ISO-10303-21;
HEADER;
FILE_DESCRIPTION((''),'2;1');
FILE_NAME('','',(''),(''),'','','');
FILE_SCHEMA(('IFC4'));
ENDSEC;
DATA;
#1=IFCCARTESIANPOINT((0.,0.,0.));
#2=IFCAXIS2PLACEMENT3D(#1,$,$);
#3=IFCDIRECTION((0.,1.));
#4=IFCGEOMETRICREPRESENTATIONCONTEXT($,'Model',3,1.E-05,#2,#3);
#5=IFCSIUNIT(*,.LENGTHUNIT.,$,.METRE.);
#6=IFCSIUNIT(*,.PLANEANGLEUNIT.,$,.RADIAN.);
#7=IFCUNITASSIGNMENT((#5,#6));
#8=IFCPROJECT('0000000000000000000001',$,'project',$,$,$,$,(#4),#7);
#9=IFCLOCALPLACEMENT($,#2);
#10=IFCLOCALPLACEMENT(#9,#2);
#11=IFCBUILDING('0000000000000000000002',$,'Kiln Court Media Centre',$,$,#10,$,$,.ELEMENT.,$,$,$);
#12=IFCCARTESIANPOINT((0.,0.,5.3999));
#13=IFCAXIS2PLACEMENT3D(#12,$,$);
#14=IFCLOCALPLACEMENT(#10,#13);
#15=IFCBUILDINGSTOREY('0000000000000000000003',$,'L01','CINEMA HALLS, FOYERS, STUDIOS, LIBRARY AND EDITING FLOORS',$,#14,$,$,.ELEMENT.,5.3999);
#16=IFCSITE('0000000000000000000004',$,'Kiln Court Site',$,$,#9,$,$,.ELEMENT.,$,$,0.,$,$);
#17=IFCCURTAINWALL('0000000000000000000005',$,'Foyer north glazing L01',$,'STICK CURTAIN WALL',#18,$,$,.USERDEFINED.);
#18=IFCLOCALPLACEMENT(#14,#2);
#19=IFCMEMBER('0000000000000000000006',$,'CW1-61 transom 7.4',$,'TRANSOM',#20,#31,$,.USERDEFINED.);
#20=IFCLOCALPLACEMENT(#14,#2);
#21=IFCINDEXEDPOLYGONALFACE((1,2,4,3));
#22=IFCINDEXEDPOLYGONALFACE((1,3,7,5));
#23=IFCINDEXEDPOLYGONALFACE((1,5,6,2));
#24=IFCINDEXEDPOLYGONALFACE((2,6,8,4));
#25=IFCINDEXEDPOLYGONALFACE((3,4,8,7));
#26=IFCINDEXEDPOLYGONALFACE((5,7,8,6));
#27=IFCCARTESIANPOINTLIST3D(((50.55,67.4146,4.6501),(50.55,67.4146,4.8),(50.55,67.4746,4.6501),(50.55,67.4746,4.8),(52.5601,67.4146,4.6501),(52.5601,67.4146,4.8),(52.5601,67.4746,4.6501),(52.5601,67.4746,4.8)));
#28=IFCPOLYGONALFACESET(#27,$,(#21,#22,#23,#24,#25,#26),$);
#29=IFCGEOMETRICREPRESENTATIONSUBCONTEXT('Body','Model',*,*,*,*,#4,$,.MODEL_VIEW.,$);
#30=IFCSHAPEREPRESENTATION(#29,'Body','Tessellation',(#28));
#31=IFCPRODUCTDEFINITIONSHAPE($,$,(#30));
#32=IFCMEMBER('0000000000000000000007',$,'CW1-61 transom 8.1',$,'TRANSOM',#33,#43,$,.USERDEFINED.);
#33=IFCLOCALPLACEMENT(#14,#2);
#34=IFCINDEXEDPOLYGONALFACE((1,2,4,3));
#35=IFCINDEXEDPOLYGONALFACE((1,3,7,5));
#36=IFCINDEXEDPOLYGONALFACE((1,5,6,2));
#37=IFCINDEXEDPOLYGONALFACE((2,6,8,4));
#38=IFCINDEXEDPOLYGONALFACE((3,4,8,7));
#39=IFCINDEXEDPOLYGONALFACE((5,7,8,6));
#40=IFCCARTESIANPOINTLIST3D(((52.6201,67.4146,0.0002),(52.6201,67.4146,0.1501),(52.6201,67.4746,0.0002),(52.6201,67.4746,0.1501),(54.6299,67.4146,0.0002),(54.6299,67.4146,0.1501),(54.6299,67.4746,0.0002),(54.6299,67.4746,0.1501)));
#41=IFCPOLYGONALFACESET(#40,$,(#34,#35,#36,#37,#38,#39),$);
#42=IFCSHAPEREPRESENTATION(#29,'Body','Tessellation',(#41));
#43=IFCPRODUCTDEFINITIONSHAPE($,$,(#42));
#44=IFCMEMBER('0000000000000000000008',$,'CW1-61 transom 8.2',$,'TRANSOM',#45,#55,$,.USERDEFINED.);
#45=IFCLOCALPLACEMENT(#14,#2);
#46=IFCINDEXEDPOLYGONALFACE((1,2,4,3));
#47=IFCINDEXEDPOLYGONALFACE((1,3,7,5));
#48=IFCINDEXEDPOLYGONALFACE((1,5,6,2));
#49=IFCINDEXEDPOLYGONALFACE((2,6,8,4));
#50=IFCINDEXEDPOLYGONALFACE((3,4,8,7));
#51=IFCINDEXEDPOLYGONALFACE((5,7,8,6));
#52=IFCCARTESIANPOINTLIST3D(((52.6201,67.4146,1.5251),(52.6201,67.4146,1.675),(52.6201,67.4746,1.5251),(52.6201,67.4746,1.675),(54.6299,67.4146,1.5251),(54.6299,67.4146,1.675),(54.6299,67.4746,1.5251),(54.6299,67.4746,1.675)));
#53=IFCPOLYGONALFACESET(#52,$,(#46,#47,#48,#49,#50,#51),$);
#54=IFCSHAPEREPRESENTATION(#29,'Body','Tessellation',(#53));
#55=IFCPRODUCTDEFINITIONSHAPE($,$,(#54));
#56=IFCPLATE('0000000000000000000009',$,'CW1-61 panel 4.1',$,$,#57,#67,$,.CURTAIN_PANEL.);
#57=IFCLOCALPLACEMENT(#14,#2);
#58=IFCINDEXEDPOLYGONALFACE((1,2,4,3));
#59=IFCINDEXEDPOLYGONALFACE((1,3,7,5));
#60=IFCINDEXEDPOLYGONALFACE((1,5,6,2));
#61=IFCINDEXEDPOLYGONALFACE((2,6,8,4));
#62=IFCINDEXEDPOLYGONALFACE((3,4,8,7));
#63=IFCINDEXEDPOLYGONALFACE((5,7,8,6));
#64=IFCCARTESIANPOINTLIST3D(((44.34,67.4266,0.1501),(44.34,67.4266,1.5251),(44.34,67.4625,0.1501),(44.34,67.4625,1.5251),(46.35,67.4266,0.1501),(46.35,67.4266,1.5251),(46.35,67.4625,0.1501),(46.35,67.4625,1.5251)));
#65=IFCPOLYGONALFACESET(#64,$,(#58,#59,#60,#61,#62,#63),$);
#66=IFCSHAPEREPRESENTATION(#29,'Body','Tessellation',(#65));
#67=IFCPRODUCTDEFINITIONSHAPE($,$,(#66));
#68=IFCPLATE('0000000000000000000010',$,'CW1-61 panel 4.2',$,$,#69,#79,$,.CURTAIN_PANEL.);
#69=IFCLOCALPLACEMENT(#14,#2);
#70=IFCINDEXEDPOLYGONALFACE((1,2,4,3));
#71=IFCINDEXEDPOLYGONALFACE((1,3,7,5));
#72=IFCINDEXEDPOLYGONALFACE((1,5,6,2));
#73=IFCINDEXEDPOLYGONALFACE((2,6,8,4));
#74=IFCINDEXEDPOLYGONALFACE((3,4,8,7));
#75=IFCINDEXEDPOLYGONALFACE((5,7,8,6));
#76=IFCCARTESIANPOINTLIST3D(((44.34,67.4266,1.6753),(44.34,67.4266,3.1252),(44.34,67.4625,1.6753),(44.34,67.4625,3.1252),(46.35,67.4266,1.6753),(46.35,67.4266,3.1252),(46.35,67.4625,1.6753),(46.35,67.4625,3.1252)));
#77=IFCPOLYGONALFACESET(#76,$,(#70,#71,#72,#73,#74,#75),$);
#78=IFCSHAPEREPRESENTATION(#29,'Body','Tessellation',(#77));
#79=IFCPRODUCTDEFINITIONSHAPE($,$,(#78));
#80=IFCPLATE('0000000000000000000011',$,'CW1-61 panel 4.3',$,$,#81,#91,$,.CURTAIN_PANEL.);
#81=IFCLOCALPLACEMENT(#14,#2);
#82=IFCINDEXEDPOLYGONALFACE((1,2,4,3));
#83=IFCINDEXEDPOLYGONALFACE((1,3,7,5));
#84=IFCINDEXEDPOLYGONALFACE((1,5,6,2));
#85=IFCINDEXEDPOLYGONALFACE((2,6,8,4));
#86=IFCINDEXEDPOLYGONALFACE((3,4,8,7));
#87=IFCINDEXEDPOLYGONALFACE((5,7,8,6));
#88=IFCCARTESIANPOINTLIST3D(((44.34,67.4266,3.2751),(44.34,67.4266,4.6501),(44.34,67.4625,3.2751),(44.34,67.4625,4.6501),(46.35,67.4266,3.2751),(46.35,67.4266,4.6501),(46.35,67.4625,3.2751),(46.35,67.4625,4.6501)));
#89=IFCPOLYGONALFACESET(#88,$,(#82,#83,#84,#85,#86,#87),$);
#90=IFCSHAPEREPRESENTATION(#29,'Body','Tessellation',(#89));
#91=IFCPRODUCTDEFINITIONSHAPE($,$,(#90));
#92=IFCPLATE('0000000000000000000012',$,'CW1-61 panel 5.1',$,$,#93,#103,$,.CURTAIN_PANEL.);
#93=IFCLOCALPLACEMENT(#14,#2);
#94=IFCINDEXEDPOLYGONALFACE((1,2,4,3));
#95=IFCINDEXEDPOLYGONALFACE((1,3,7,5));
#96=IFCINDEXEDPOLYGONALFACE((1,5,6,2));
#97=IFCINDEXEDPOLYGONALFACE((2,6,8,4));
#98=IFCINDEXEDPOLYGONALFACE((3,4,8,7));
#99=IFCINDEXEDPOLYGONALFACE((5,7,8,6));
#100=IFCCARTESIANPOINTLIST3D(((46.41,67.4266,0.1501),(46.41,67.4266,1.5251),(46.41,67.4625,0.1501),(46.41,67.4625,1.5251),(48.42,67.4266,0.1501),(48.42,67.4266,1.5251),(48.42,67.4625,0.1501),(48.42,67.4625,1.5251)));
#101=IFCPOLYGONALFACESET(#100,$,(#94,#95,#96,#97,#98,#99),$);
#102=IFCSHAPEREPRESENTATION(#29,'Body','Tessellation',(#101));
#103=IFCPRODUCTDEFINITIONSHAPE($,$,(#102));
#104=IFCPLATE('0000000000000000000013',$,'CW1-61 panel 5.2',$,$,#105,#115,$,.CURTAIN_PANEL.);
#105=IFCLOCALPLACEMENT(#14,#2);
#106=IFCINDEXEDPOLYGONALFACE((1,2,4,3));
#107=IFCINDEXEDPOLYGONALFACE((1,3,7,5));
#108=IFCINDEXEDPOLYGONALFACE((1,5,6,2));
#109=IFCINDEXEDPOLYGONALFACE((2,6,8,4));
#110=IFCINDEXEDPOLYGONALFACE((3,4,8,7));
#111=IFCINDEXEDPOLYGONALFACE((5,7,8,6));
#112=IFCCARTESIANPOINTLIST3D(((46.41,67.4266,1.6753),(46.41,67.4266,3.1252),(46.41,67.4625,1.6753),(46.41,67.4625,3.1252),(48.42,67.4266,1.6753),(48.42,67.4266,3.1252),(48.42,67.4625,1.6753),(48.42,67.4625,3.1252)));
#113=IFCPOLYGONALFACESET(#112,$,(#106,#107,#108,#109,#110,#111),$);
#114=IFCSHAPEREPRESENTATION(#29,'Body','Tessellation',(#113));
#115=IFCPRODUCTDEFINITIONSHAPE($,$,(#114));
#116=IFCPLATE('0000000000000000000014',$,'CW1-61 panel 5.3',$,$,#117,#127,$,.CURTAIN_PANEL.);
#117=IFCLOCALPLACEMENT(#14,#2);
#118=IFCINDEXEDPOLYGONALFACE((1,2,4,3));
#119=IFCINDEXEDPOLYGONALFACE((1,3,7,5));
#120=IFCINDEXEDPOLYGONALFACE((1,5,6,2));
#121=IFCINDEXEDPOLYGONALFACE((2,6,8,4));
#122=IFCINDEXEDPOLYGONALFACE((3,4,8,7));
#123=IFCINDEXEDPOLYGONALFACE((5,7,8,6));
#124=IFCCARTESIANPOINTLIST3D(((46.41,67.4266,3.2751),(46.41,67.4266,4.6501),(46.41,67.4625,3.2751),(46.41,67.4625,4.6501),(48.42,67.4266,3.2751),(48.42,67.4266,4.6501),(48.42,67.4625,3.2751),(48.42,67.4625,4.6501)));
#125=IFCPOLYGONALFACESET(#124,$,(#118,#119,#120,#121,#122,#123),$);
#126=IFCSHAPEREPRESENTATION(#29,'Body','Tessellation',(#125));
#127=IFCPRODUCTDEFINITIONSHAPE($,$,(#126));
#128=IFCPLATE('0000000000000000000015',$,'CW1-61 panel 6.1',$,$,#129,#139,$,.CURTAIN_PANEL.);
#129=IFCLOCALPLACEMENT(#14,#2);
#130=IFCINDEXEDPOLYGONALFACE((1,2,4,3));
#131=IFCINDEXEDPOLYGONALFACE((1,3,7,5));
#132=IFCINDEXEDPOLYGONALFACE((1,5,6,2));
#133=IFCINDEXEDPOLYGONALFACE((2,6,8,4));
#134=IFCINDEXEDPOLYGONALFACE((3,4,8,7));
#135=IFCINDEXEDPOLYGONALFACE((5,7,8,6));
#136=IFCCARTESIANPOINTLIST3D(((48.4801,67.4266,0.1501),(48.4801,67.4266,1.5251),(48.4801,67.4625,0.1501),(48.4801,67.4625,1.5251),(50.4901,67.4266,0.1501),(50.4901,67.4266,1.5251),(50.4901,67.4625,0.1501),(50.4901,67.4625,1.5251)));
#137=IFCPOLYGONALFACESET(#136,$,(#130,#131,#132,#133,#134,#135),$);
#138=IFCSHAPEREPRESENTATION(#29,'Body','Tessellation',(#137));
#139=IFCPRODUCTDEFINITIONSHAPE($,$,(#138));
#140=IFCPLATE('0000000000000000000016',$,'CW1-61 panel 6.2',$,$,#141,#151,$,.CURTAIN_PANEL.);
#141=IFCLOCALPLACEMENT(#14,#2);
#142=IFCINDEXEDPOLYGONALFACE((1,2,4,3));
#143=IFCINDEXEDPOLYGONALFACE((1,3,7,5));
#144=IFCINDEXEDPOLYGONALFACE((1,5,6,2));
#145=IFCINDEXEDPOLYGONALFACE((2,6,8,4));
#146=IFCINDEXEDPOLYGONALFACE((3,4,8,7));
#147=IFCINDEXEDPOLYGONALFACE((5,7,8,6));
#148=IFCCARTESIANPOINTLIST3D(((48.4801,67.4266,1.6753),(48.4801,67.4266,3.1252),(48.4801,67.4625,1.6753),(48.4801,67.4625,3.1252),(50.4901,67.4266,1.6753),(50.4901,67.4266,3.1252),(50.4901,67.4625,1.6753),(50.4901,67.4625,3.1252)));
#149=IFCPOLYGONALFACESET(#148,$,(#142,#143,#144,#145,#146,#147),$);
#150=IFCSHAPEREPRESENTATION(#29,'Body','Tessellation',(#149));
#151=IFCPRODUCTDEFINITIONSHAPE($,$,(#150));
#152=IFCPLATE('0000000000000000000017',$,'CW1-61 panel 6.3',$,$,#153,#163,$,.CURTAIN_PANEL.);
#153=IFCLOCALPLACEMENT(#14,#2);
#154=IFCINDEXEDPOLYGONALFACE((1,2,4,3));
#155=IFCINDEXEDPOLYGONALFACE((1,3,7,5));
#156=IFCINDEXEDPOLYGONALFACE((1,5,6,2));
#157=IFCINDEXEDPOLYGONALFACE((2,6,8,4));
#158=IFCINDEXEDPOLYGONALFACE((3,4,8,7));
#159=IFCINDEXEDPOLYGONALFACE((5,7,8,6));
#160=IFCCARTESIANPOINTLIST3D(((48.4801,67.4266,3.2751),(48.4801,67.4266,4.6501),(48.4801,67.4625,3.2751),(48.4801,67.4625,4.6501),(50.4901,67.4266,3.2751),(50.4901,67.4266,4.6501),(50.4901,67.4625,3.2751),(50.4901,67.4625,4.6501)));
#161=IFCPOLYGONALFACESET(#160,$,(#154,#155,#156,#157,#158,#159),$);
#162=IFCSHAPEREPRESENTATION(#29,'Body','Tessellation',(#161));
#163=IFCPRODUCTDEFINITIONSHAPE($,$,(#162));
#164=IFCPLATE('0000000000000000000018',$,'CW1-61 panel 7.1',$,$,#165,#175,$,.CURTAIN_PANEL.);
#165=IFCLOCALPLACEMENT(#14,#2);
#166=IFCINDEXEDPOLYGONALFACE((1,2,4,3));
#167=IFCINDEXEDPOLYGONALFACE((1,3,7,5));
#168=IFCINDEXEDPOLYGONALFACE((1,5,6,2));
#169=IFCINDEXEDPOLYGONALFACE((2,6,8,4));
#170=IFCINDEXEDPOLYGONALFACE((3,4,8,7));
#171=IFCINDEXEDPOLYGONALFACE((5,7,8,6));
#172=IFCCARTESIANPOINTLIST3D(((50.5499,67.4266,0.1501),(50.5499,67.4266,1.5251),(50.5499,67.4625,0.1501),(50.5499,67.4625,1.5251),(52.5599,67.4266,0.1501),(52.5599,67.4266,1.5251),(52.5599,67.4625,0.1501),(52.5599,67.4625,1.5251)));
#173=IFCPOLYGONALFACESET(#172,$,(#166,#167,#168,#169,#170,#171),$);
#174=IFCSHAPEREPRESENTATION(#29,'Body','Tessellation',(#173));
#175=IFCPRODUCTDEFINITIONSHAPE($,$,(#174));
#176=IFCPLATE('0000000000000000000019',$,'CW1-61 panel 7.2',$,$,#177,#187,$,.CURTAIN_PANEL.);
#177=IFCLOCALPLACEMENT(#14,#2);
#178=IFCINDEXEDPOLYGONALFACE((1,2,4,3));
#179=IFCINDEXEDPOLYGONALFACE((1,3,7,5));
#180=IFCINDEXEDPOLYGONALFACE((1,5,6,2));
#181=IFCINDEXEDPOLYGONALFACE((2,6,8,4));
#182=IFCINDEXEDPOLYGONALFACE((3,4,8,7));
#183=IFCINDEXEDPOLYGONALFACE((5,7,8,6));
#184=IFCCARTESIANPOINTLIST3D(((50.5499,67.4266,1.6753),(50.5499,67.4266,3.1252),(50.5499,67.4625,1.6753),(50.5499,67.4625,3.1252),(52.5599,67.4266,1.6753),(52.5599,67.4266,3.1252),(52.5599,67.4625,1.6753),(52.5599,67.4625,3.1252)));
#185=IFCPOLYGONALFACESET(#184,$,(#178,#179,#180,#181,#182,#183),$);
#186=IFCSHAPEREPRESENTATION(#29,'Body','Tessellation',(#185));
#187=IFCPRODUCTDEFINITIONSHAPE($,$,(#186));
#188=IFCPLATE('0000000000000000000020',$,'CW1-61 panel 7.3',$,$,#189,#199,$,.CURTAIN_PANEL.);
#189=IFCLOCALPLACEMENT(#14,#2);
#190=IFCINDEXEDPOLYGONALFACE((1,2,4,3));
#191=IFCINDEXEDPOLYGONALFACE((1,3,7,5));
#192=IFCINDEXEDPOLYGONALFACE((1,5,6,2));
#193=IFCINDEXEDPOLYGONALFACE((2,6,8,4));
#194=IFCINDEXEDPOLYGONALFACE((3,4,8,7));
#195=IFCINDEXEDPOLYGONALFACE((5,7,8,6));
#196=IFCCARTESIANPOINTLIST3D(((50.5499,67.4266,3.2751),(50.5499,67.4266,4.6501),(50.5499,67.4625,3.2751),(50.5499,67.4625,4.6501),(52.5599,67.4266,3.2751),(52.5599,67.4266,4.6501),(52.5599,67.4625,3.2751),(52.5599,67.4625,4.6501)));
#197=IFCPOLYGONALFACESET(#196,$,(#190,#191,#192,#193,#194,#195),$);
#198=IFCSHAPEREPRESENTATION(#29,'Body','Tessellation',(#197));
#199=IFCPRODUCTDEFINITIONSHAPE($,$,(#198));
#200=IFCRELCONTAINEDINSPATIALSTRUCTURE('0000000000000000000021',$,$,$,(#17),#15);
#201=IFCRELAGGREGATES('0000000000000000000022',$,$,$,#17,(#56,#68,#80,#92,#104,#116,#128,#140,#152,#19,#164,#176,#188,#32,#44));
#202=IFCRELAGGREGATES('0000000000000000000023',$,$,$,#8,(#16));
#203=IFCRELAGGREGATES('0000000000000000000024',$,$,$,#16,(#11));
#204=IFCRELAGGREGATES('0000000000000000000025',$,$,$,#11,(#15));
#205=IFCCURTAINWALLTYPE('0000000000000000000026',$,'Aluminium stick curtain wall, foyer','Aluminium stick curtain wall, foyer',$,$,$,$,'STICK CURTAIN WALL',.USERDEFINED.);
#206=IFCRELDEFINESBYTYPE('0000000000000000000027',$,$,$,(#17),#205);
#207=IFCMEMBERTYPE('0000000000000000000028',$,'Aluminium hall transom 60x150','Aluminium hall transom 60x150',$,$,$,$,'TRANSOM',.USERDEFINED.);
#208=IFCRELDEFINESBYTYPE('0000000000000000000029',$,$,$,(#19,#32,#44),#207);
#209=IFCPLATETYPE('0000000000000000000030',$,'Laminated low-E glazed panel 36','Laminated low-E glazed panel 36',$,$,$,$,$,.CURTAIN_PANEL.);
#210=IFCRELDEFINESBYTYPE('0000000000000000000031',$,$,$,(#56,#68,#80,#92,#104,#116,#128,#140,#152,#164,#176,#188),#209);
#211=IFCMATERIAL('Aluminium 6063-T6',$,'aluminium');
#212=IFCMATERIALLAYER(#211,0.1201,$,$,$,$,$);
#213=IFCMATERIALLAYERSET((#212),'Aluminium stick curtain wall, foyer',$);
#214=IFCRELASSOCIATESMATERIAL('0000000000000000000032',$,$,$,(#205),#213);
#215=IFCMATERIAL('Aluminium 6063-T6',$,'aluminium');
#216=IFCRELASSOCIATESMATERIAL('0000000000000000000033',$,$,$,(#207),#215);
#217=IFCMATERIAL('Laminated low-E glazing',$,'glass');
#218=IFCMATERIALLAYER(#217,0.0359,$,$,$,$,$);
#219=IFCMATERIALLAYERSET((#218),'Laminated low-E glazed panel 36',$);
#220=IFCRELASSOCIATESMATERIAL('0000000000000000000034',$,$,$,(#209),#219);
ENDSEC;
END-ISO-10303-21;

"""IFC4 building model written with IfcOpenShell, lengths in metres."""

from ifc_helpers import new_model, si_unit, direction, frame, origin, origin_2d, place, context, subcontext, project, spatial, rectangle, extrude, material, layer, layer_set, material_profile, profile_set, type_object, element, aggregate, save


model = new_model("IFC4")

# Units and contexts
model_context = context("Model", 3, precision=1e-05, world=origin(), true_north=direction((0.0, 1.0)))
body_context = subcontext(model_context, "Body", "Model", "MODEL_VIEW")
ifc_project = project(units=[si_unit("LENGTHUNIT", "METRE"), si_unit("PLANEANGLEUNIT", "RADIAN")], contexts=[model_context])

# Site, building, storey
site_placement = place(None, origin())
site = spatial("IfcSite", under=ifc_project, at=site_placement, Name="Kiln Court Site", CompositionType="ELEMENT", RefElevation=0.0)
building_placement = place(site_placement, origin())
building = spatial("IfcBuilding", under=site, at=building_placement, Name="Kiln Court Media Centre", CompositionType="ELEMENT")
storey_placement = place(building_placement, frame((0.0, 0.0, 5.3999)))
storey = spatial("IfcBuildingStorey", under=building, at=storey_placement, Name="L01", Description="CINEMA HALLS, FOYERS, STUDIOS, LIBRARY AND EDITING FLOORS", CompositionType="ELEMENT", Elevation=5.3999)

# Curtain wall, members, plates
ifc_material_1 = material(Name="Aluminium 6063-T6", Category="aluminium")
ifc_layer_1 = layer(ifc_material_1, 0.1201)
ifc_layer_set_1 = layer_set([ifc_layer_1], Name="Aluminium stick curtain wall, foyer")
curtain_wall_type = type_object("IfcCurtainWallType", Name="Aluminium stick curtain wall, foyer", Description="Aluminium stick curtain wall, foyer", ElementType="STICK CURTAIN WALL", PredefinedType="USERDEFINED", material=ifc_layer_set_1)
curtain_wall_placement = place(storey_placement, origin())
curtain_wall = element("IfcCurtainWall", 1, at=curtain_wall_placement, inside=storey, type_object=curtain_wall_type, Name="Foyer north glazing L01", ObjectType="STICK CURTAIN WALL", PredefinedType="USERDEFINED")
ifc_material_2 = material(Name="Aluminium 6063-T6", Category="aluminium")
ifc_material_profile_1 = material_profile(ifc_material_2, rectangle(XDim=0.0601, YDim=0.1499, at=origin_2d()), Name="Aluminium hall transom 60x150")
ifc_profile_set_1 = profile_set([ifc_material_profile_1], Name="Aluminium 6063-T6")
member_type_1 = type_object("IfcMemberType", Name="Aluminium hall transom 60x150", Description="Aluminium hall transom 60x150", ElementType="TRANSOM", PredefinedType="USERDEFINED", material=ifc_profile_set_1)
member_1_placement = place(storey_placement, frame((50.55, 67.4446, 4.7251), z_axis=(1.0, 0.0, 0.0), x_axis=(0.0, 1.0, 0.0)))
member_1 = element("IfcMember", 2, at=member_1_placement, type_object=member_type_1, Name="CW1-61 transom 7.4", ObjectType="TRANSOM", PredefinedType="USERDEFINED", context=body_context, shape_type="SweptSolid", body=[
    extrude(rectangle(XDim=0.0601, YDim=0.1499, at=origin_2d()), origin(), (0.0, 0.0, 1.0), 2.01),
])
member_2_placement = place(storey_placement, frame((52.6201, 67.4446, 0.0752), z_axis=(1.0, 0.0, 0.0), x_axis=(0.0, 1.0, 0.0)))
member_2 = element("IfcMember", 3, at=member_2_placement, type_object=member_type_1, Name="CW1-61 transom 8.1", ObjectType="TRANSOM", PredefinedType="USERDEFINED", context=body_context, shape_type="SweptSolid", body=[
    extrude(rectangle(XDim=0.0601, YDim=0.1499, at=origin_2d()), origin(), (0.0, 0.0, 1.0), 2.0098),
])
member_3_placement = place(storey_placement, frame((52.6201, 67.4446, 1.6001), z_axis=(1.0, 0.0, 0.0), x_axis=(0.0, 1.0, 0.0)))
member_3 = element("IfcMember", 4, at=member_3_placement, type_object=member_type_1, Name="CW1-61 transom 8.2", ObjectType="TRANSOM", PredefinedType="USERDEFINED", context=body_context, shape_type="SweptSolid", body=[
    extrude(rectangle(XDim=0.0601, YDim=0.1499, at=origin_2d()), origin(), (0.0, 0.0, 1.0), 2.0098),
])
ifc_material_3 = material(Name="Laminated low-E glazing", Category="glass")
ifc_layer_2 = layer(ifc_material_3, 0.0359)
ifc_layer_set_2 = layer_set([ifc_layer_2], Name="Laminated low-E glazed panel 36")
plate_type = type_object("IfcPlateType", Name="Laminated low-E glazed panel 36", Description="Laminated low-E glazed panel 36", PredefinedType="CURTAIN_PANEL", material=ifc_layer_set_2)
plate_1_placement = place(storey_placement, frame((45.345, 67.4446, 0.1501), z_axis=(0.0, 0.0, 1.0), x_axis=(1.0, 0.0, 0.0)))
plate_1 = element("IfcPlate", 5, at=plate_1_placement, type_object=plate_type, Name="CW1-61 panel 4.1", PredefinedType="CURTAIN_PANEL", context=body_context, shape_type="SweptSolid", body=[
    extrude(rectangle(XDim=2.01, YDim=0.0359, at=origin_2d()), origin(), (0.0, 0.0, 1.0), 1.375),
])
plate_2_placement = place(storey_placement, frame((45.345, 67.4446, 1.6753), z_axis=(0.0, 0.0, 1.0), x_axis=(1.0, 0.0, 0.0)))
plate_2 = element("IfcPlate", 6, at=plate_2_placement, type_object=plate_type, Name="CW1-61 panel 4.2", PredefinedType="CURTAIN_PANEL", context=body_context, shape_type="SweptSolid", body=[
    extrude(rectangle(XDim=2.01, YDim=0.0359, at=origin_2d()), origin(), (0.0, 0.0, 1.0), 1.45),
])
plate_3_placement = place(storey_placement, frame((45.345, 67.4446, 3.2751), z_axis=(0.0, 0.0, 1.0), x_axis=(1.0, 0.0, 0.0)))
plate_3 = element("IfcPlate", 7, at=plate_3_placement, type_object=plate_type, Name="CW1-61 panel 4.3", PredefinedType="CURTAIN_PANEL", context=body_context, shape_type="SweptSolid", body=[
    extrude(rectangle(XDim=2.01, YDim=0.0359, at=origin_2d()), origin(), (0.0, 0.0, 1.0), 1.375),
])
plate_4_placement = place(storey_placement, frame((47.415, 67.4446, 0.1501), z_axis=(0.0, 0.0, 1.0), x_axis=(1.0, 0.0, 0.0)))
plate_4 = element("IfcPlate", 8, at=plate_4_placement, type_object=plate_type, Name="CW1-61 panel 5.1", PredefinedType="CURTAIN_PANEL", context=body_context, shape_type="SweptSolid", body=[
    extrude(rectangle(XDim=2.01, YDim=0.0359, at=origin_2d()), origin(), (0.0, 0.0, 1.0), 1.375),
])
plate_5_placement = place(storey_placement, frame((47.415, 67.4446, 1.6753), z_axis=(0.0, 0.0, 1.0), x_axis=(1.0, 0.0, 0.0)))
plate_5 = element("IfcPlate", 9, at=plate_5_placement, type_object=plate_type, Name="CW1-61 panel 5.2", PredefinedType="CURTAIN_PANEL", context=body_context, shape_type="SweptSolid", body=[
    extrude(rectangle(XDim=2.01, YDim=0.0359, at=origin_2d()), origin(), (0.0, 0.0, 1.0), 1.45),
])
plate_6_placement = place(storey_placement, frame((47.415, 67.4446, 3.2751), z_axis=(0.0, 0.0, 1.0), x_axis=(1.0, 0.0, 0.0)))
plate_6 = element("IfcPlate", 10, at=plate_6_placement, type_object=plate_type, Name="CW1-61 panel 5.3", PredefinedType="CURTAIN_PANEL", context=body_context, shape_type="SweptSolid", body=[
    extrude(rectangle(XDim=2.01, YDim=0.0359, at=origin_2d()), origin(), (0.0, 0.0, 1.0), 1.375),
])
plate_7_placement = place(storey_placement, frame((49.4851, 67.4446, 0.1501), z_axis=(0.0, 0.0, 1.0), x_axis=(1.0, 0.0, 0.0)))
plate_7 = element("IfcPlate", 11, at=plate_7_placement, type_object=plate_type, Name="CW1-61 panel 6.1", PredefinedType="CURTAIN_PANEL", context=body_context, shape_type="SweptSolid", body=[
    extrude(rectangle(XDim=2.01, YDim=0.0359, at=origin_2d()), origin(), (0.0, 0.0, 1.0), 1.375),
])
plate_8_placement = place(storey_placement, frame((49.4851, 67.4446, 1.6753), z_axis=(0.0, 0.0, 1.0), x_axis=(1.0, 0.0, 0.0)))
plate_8 = element("IfcPlate", 12, at=plate_8_placement, type_object=plate_type, Name="CW1-61 panel 6.2", PredefinedType="CURTAIN_PANEL", context=body_context, shape_type="SweptSolid", body=[
    extrude(rectangle(XDim=2.01, YDim=0.0359, at=origin_2d()), origin(), (0.0, 0.0, 1.0), 1.45),
])
plate_9_placement = place(storey_placement, frame((49.4851, 67.4446, 3.2751), z_axis=(0.0, 0.0, 1.0), x_axis=(1.0, 0.0, 0.0)))
plate_9 = element("IfcPlate", 13, at=plate_9_placement, type_object=plate_type, Name="CW1-61 panel 6.3", PredefinedType="CURTAIN_PANEL", context=body_context, shape_type="SweptSolid", body=[
    extrude(rectangle(XDim=2.01, YDim=0.0359, at=origin_2d()), origin(), (0.0, 0.0, 1.0), 1.375),
])
plate_10_placement = place(storey_placement, frame((51.5549, 67.4446, 0.1501), z_axis=(0.0, 0.0, 1.0), x_axis=(1.0, 0.0, 0.0)))
plate_10 = element("IfcPlate", 14, at=plate_10_placement, type_object=plate_type, Name="CW1-61 panel 7.1", PredefinedType="CURTAIN_PANEL", context=body_context, shape_type="SweptSolid", body=[
    extrude(rectangle(XDim=2.01, YDim=0.0359, at=origin_2d()), origin(), (0.0, 0.0, 1.0), 1.375),
])
plate_11_placement = place(storey_placement, frame((51.5549, 67.4446, 1.6753), z_axis=(0.0, 0.0, 1.0), x_axis=(1.0, 0.0, 0.0)))
plate_11 = element("IfcPlate", 15, at=plate_11_placement, type_object=plate_type, Name="CW1-61 panel 7.2", PredefinedType="CURTAIN_PANEL", context=body_context, shape_type="SweptSolid", body=[
    extrude(rectangle(XDim=2.01, YDim=0.0359, at=origin_2d()), origin(), (0.0, 0.0, 1.0), 1.45),
])
plate_12_placement = place(storey_placement, frame((51.5549, 67.4446, 3.2751), z_axis=(0.0, 0.0, 1.0), x_axis=(1.0, 0.0, 0.0)))
plate_12 = element("IfcPlate", 16, at=plate_12_placement, type_object=plate_type, Name="CW1-61 panel 7.3", PredefinedType="CURTAIN_PANEL", context=body_context, shape_type="SweptSolid", body=[
    extrude(rectangle(XDim=2.01, YDim=0.0359, at=origin_2d()), origin(), (0.0, 0.0, 1.0), 1.375),
])
aggregate(curtain_wall, [plate_1, plate_2, plate_3, plate_4, plate_5, plate_6, plate_7, plate_8, plate_9, member_1, plate_10, plate_11, plate_12, member_2, member_3])

save(model, "model.ifc")
